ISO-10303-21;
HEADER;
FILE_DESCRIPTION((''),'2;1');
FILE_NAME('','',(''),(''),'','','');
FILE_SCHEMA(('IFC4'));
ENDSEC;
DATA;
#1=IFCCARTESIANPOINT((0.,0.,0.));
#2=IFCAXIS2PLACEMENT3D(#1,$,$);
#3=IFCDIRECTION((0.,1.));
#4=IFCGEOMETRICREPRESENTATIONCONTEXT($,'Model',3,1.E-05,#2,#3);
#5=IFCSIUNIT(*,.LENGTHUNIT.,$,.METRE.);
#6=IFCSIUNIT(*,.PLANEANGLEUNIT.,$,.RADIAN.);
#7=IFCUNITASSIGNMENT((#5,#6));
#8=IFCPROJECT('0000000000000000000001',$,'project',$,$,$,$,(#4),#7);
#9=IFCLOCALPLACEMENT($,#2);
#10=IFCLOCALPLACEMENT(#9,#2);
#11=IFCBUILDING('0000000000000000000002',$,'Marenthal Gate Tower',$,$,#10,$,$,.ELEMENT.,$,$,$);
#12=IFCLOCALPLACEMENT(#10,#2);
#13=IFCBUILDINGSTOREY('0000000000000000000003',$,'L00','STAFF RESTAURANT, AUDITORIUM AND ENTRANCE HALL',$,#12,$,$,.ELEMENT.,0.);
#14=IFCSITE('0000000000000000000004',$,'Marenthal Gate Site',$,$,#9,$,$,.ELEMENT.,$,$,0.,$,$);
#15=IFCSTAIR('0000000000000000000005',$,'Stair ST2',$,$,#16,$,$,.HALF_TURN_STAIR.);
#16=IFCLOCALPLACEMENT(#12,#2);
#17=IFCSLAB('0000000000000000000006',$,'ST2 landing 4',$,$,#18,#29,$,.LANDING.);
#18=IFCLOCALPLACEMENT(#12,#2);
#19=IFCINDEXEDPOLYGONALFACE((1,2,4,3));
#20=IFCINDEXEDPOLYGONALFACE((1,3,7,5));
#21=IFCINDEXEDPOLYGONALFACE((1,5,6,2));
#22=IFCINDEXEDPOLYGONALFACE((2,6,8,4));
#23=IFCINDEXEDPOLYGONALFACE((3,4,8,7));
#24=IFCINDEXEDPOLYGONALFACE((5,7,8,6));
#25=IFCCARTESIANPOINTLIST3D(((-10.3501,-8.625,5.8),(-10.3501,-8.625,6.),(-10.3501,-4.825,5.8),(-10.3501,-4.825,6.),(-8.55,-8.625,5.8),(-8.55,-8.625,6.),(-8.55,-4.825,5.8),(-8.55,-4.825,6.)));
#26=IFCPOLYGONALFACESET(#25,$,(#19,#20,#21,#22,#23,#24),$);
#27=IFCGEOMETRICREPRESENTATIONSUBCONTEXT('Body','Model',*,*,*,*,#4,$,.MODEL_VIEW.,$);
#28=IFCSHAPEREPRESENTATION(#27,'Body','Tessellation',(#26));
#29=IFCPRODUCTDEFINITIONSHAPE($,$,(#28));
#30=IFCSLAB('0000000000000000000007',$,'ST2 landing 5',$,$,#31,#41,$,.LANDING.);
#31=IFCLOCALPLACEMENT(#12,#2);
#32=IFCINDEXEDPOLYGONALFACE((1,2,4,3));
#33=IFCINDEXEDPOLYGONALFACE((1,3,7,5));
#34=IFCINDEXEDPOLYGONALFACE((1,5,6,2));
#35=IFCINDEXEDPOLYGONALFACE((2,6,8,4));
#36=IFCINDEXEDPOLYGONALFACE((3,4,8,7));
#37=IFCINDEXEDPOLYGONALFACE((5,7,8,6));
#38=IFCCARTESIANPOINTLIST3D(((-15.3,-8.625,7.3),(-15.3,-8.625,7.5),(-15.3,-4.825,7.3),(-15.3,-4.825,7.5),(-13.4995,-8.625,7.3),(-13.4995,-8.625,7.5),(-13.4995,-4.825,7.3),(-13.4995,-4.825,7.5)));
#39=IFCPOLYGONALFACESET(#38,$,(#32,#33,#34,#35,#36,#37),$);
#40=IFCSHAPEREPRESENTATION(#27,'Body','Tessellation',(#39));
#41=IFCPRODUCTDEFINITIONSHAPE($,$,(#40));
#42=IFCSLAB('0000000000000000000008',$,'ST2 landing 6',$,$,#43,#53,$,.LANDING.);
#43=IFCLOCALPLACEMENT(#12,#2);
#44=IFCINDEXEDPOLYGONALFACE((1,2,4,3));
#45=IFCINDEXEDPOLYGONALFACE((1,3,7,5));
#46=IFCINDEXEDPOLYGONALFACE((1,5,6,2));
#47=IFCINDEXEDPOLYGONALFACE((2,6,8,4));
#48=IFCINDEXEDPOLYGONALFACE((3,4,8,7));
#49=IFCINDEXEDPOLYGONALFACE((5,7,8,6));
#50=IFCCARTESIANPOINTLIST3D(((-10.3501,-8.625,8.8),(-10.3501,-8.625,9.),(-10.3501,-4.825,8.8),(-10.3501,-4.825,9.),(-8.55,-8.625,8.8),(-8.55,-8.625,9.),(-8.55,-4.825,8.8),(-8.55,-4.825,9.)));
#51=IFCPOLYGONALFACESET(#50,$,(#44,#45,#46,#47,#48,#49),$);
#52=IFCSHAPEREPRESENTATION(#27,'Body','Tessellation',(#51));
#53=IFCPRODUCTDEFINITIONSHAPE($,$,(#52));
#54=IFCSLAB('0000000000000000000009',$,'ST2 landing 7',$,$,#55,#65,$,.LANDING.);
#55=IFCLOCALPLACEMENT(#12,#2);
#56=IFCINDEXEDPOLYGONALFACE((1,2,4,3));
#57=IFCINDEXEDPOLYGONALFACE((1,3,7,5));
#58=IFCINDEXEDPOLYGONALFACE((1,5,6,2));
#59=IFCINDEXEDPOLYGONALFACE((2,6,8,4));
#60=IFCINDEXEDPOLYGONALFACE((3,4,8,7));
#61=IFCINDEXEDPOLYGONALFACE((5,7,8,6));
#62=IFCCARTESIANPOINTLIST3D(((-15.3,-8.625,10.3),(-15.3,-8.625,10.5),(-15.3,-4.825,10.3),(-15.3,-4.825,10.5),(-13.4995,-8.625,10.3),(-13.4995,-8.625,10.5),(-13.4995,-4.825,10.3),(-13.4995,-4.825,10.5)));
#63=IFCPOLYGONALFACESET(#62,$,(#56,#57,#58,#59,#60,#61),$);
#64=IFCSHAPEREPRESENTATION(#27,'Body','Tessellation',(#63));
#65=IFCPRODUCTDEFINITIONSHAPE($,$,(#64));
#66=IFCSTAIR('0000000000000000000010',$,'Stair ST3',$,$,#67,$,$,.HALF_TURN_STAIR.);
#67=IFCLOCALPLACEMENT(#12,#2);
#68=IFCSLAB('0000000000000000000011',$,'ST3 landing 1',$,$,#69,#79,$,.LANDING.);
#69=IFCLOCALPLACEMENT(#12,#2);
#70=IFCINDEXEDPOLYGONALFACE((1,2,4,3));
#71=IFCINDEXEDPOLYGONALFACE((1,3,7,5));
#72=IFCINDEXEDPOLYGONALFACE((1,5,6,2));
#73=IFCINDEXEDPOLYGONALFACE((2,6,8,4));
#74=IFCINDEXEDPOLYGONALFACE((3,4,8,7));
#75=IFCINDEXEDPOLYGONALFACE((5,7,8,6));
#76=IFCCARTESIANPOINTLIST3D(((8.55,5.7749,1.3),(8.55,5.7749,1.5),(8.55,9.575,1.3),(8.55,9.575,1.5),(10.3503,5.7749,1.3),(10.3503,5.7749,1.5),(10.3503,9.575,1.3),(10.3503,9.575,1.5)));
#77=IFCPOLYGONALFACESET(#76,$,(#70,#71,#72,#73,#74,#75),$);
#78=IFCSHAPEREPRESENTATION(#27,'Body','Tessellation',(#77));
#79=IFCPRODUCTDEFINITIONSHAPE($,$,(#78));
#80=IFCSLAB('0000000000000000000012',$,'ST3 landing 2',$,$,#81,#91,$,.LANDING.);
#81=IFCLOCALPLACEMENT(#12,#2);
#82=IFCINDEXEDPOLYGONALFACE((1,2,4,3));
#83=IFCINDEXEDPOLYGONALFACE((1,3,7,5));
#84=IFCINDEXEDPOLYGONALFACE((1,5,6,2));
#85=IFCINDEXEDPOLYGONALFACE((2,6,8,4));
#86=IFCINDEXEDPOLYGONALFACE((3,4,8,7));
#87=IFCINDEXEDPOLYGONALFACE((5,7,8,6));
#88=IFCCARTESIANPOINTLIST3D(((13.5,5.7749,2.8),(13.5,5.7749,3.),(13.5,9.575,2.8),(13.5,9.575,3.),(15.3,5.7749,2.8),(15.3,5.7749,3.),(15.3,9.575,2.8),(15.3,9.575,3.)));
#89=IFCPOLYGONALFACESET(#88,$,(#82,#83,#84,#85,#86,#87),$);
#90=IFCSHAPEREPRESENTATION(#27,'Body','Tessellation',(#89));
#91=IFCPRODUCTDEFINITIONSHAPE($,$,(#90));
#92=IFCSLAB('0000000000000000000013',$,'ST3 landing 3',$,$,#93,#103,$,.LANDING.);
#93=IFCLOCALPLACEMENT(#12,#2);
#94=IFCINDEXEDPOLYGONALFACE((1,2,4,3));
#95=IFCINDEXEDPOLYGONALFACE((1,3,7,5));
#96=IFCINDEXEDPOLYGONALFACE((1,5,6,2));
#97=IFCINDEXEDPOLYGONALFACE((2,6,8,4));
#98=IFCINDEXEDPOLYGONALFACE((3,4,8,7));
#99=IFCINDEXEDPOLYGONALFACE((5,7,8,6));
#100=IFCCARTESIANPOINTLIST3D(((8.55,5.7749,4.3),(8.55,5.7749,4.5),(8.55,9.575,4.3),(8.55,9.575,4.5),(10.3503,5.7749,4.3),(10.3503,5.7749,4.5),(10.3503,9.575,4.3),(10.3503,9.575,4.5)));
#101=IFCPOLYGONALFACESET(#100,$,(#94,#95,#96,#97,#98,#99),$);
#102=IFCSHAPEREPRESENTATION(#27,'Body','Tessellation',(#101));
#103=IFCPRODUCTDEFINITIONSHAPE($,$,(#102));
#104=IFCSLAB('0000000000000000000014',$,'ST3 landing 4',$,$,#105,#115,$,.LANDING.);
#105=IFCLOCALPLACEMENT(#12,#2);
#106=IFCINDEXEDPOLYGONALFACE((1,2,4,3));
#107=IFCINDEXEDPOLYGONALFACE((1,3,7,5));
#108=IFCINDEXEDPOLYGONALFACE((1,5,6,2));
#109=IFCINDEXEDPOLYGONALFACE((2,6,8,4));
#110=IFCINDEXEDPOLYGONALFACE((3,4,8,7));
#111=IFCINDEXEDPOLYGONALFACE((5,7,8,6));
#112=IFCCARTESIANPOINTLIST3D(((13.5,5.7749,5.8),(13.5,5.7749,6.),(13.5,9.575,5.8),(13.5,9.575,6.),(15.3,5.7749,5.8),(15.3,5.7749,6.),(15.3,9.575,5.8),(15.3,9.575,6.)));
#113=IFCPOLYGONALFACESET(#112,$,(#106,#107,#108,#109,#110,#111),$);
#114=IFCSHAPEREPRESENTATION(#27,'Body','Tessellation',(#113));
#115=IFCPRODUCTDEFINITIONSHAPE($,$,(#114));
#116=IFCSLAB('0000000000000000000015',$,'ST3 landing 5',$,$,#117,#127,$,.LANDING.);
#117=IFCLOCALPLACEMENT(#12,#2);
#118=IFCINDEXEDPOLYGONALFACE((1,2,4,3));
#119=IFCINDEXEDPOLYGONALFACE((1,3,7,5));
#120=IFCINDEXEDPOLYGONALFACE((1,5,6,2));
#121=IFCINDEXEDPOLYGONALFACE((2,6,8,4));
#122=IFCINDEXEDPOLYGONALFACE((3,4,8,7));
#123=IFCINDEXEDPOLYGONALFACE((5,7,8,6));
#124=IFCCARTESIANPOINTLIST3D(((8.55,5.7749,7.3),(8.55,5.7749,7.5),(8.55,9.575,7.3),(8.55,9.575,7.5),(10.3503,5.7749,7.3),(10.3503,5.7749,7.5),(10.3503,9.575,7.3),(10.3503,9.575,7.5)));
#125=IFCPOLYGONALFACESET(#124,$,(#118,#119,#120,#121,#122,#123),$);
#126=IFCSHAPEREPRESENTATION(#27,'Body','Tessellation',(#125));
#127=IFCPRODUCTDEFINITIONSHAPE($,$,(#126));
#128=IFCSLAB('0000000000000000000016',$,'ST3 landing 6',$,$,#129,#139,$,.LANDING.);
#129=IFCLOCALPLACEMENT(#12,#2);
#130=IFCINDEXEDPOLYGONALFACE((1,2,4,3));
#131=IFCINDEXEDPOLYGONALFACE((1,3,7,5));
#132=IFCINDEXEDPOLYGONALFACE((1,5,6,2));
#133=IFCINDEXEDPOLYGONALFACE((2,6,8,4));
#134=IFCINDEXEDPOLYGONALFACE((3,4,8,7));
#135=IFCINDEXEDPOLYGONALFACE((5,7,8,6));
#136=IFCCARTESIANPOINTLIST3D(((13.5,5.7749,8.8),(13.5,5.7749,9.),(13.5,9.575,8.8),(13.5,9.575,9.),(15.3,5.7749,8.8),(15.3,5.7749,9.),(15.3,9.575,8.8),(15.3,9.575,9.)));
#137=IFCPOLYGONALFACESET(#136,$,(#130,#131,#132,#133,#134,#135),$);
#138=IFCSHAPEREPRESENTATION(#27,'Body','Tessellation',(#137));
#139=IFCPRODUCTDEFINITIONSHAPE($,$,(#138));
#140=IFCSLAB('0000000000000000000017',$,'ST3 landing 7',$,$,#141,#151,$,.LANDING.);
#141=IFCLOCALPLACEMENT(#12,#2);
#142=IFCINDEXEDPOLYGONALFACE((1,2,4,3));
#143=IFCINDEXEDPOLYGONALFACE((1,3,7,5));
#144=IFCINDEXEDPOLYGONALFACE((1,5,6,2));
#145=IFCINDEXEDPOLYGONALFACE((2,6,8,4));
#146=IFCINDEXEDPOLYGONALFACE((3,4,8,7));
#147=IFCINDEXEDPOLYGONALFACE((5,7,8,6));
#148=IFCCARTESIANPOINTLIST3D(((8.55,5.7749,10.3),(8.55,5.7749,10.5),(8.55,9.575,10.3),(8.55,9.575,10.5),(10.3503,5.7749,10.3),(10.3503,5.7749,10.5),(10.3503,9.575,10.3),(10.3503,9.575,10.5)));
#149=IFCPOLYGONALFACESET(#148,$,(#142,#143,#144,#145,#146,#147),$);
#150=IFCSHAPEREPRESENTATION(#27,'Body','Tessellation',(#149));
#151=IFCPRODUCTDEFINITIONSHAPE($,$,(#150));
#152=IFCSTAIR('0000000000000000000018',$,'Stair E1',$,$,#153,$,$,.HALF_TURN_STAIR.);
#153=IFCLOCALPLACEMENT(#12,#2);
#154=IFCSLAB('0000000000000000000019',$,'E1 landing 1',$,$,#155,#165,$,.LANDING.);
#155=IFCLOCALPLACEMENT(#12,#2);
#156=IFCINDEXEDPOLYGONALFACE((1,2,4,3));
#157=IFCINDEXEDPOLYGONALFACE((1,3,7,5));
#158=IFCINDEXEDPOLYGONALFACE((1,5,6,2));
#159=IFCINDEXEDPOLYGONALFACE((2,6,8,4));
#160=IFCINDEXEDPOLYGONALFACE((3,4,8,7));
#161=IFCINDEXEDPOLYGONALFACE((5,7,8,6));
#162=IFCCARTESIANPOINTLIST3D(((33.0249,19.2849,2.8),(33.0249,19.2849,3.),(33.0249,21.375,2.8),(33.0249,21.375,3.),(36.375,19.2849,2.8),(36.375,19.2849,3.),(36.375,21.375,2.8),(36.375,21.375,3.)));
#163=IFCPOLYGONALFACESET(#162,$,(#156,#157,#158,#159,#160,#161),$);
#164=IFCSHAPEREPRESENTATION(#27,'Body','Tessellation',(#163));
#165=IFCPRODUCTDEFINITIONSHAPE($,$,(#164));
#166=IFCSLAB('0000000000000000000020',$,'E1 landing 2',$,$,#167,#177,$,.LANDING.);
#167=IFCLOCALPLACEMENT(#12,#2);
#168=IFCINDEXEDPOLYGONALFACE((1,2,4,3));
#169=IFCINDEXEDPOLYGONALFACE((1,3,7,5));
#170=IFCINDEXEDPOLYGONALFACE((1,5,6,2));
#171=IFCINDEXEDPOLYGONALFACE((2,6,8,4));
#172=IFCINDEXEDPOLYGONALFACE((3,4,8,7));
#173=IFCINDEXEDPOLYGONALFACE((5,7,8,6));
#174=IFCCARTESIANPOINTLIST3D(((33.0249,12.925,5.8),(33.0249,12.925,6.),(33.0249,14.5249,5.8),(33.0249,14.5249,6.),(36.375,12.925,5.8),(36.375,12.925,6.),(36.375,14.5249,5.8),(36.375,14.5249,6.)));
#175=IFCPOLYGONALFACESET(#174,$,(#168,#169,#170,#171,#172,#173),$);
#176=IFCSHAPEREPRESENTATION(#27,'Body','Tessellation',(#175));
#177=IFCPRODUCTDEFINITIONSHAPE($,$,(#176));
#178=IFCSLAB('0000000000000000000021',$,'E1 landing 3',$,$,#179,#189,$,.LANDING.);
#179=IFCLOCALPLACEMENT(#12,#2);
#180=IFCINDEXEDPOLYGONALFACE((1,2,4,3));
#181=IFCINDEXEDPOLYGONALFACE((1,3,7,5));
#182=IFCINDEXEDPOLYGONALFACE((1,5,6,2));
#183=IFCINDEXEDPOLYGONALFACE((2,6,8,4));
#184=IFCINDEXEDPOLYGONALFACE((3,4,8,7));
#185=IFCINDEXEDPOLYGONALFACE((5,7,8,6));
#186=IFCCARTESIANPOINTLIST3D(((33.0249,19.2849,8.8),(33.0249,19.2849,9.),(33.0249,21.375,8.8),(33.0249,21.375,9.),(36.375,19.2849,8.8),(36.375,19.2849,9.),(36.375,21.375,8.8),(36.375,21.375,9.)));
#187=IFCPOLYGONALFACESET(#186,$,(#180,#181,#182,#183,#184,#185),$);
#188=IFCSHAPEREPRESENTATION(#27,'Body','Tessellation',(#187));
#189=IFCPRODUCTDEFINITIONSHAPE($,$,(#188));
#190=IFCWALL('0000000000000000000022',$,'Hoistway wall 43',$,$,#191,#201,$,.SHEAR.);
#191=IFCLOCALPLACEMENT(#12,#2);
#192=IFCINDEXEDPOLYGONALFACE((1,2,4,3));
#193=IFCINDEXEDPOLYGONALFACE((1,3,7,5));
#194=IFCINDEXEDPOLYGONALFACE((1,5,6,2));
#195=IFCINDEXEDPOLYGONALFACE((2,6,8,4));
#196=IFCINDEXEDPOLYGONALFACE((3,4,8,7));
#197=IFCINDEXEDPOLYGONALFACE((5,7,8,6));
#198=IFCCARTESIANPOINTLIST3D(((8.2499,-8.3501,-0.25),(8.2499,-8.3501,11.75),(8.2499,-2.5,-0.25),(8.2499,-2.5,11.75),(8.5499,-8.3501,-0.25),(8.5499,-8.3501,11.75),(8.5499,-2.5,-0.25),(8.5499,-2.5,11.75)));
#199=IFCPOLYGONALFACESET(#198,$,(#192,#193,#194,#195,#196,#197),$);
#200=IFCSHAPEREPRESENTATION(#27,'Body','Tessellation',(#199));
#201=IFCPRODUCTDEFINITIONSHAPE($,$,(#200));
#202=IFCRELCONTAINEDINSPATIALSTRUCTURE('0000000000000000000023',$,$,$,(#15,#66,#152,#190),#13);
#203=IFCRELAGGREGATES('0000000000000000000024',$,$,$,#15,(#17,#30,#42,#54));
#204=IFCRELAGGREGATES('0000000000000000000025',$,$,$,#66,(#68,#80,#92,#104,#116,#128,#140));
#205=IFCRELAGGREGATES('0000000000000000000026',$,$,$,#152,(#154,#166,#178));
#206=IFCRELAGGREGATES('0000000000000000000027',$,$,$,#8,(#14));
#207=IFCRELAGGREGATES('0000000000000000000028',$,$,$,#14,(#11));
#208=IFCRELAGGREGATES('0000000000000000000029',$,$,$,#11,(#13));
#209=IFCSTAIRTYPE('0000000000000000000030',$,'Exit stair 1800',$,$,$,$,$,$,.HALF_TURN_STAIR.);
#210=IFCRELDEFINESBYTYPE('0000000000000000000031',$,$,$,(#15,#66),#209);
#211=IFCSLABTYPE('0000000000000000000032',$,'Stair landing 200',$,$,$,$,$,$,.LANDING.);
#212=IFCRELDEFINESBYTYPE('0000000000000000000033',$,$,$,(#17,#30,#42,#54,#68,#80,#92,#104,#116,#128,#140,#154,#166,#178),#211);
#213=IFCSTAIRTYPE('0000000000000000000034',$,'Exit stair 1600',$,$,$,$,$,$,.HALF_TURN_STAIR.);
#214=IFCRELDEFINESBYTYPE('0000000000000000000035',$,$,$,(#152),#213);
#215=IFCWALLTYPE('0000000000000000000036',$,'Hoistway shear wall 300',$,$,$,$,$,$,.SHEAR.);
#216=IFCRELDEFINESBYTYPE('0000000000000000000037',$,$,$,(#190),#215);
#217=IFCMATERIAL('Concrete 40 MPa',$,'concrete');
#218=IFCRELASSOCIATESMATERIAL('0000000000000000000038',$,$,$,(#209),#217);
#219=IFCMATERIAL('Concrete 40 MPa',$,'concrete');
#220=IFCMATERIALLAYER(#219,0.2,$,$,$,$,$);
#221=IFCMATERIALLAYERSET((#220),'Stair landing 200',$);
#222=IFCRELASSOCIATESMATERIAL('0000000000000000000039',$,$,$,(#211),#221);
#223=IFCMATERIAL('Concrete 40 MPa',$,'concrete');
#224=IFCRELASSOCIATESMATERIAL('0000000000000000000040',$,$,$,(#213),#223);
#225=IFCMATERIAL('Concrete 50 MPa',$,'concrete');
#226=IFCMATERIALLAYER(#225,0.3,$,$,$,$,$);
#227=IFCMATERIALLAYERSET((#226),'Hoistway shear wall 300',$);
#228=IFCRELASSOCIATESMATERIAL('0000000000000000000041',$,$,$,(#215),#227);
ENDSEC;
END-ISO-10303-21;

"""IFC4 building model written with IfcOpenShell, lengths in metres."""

from ifc_helpers import new_model, si_unit, direction, frame, frame_2d, origin, place, context, subcontext, project, spatial, polyline, rectangle, outline, extrude, material, layer, layer_set, type_object, element, aggregate, save


model = new_model("IFC4")

# Units and contexts
model_context = context("Model", 3, precision=1e-05, world=origin(), true_north=direction((0.0, 1.0)))
body_context = subcontext(model_context, "Body", "Model", "MODEL_VIEW")
ifc_project = project(units=[si_unit("LENGTHUNIT", "METRE"), si_unit("PLANEANGLEUNIT", "RADIAN")], contexts=[model_context])

# Site, building, storey
site_placement = place(None, origin())
site = spatial("IfcSite", under=ifc_project, at=site_placement, Name="Marenthal Gate Site", CompositionType="ELEMENT", RefElevation=0.0)
building_placement = place(site_placement, origin())
building = spatial("IfcBuilding", under=site, at=building_placement, Name="Marenthal Gate Tower", CompositionType="ELEMENT")
storey_placement = place(building_placement, origin())
storey = spatial("IfcBuildingStorey", under=building, at=storey_placement, Name="L00", Description="STAFF RESTAURANT, AUDITORIUM AND ENTRANCE HALL", CompositionType="ELEMENT", Elevation=0.0)

# Stairs, slabs
ifc_material_1 = material(Name="Concrete 40 MPa", Category="concrete")
stair_type_1 = type_object("IfcStairType", Name="Exit stair 1800", PredefinedType="HALF_TURN_STAIR", material=ifc_material_1)
stair_1_placement = place(storey_placement, origin())
stair_1 = element("IfcStair", 1, at=stair_1_placement, inside=storey, type_object=stair_type_1, Name="Stair ST2", PredefinedType="HALF_TURN_STAIR")
ifc_material_2 = material(Name="Concrete 40 MPa", Category="concrete")
ifc_layer_1 = layer(ifc_material_2, 0.2)
ifc_layer_set_1 = layer_set([ifc_layer_1], Name="Stair landing 200")
slab_type = type_object("IfcSlabType", Name="Stair landing 200", PredefinedType="LANDING", material=ifc_layer_set_1)
slab_1_placement = place(storey_placement, frame((0.0, 0.0, 5.8)))
slab_1 = element("IfcSlab", 2, at=slab_1_placement, type_object=slab_type, Name="ST2 landing 4", PredefinedType="LANDING", context=body_context, shape_type="SweptSolid", body=[
    extrude(outline(polyline([(-10.3501, -8.625), (-8.55, -8.625), (-8.55, -4.825), (-10.3501, -4.825), (-10.3501, -8.625)])), origin(), (0.0, 0.0, 1.0), 0.2),
])
slab_2_placement = place(storey_placement, frame((0.0, 0.0, 7.3)))
slab_2 = element("IfcSlab", 3, at=slab_2_placement, type_object=slab_type, Name="ST2 landing 5", PredefinedType="LANDING", context=body_context, shape_type="SweptSolid", body=[
    extrude(outline(polyline([(-15.3, -8.625), (-13.4995, -8.625), (-13.4995, -4.825), (-15.3, -4.825), (-15.3, -8.625)])), origin(), (0.0, 0.0, 1.0), 0.2),
])
slab_3_placement = place(storey_placement, frame((0.0, 0.0, 8.8)))
slab_3 = element("IfcSlab", 4, at=slab_3_placement, type_object=slab_type, Name="ST2 landing 6", PredefinedType="LANDING", context=body_context, shape_type="SweptSolid", body=[
    extrude(outline(polyline([(-10.3501, -8.625), (-8.55, -8.625), (-8.55, -4.825), (-10.3501, -4.825), (-10.3501, -8.625)])), origin(), (0.0, 0.0, 1.0), 0.2),
])
slab_4_placement = place(storey_placement, frame((0.0, 0.0, 10.3)))
slab_4 = element("IfcSlab", 5, at=slab_4_placement, type_object=slab_type, Name="ST2 landing 7", PredefinedType="LANDING", context=body_context, shape_type="SweptSolid", body=[
    extrude(outline(polyline([(-15.3, -8.625), (-13.4995, -8.625), (-13.4995, -4.825), (-15.3, -4.825), (-15.3, -8.625)])), origin(), (0.0, 0.0, 1.0), 0.2),
])
aggregate(stair_1, [slab_1, slab_2, slab_3, slab_4])
stair_2_placement = place(storey_placement, origin())
stair_2 = element("IfcStair", 6, at=stair_2_placement, inside=storey, type_object=stair_type_1, Name="Stair ST3", PredefinedType="HALF_TURN_STAIR")
slab_5_placement = place(storey_placement, frame((0.0, 0.0, 1.3)))
slab_5 = element("IfcSlab", 7, at=slab_5_placement, type_object=slab_type, Name="ST3 landing 1", PredefinedType="LANDING", context=body_context, shape_type="SweptSolid", body=[
    extrude(outline(polyline([(8.55, 5.7749), (10.3503, 5.7749), (10.3503, 9.575), (8.55, 9.575), (8.55, 5.7749)])), origin(), (0.0, 0.0, 1.0), 0.2),
])
slab_6_placement = place(storey_placement, frame((0.0, 0.0, 2.8)))
slab_6 = element("IfcSlab", 8, at=slab_6_placement, type_object=slab_type, Name="ST3 landing 2", PredefinedType="LANDING", context=body_context, shape_type="SweptSolid", body=[
    extrude(outline(polyline([(13.5, 5.7749), (15.3, 5.7749), (15.3, 9.575), (13.5, 9.575), (13.5, 5.7749)])), origin(), (0.0, 0.0, 1.0), 0.2),
])
slab_7_placement = place(storey_placement, frame((0.0, 0.0, 4.3)))
slab_7 = element("IfcSlab", 9, at=slab_7_placement, type_object=slab_type, Name="ST3 landing 3", PredefinedType="LANDING", context=body_context, shape_type="SweptSolid", body=[
    extrude(outline(polyline([(8.55, 5.7749), (10.3503, 5.7749), (10.3503, 9.575), (8.55, 9.575), (8.55, 5.7749)])), origin(), (0.0, 0.0, 1.0), 0.2),
])
slab_8_placement = place(storey_placement, frame((0.0, 0.0, 5.8)))
slab_8 = element("IfcSlab", 10, at=slab_8_placement, type_object=slab_type, Name="ST3 landing 4", PredefinedType="LANDING", context=body_context, shape_type="SweptSolid", body=[
    extrude(outline(polyline([(13.5, 5.7749), (15.3, 5.7749), (15.3, 9.575), (13.5, 9.575), (13.5, 5.7749)])), origin(), (0.0, 0.0, 1.0), 0.2),
])
slab_9_placement = place(storey_placement, frame((0.0, 0.0, 7.3)))
slab_9 = element("IfcSlab", 11, at=slab_9_placement, type_object=slab_type, Name="ST3 landing 5", PredefinedType="LANDING", context=body_context, shape_type="SweptSolid", body=[
    extrude(outline(polyline([(8.55, 5.7749), (10.3503, 5.7749), (10.3503, 9.575), (8.55, 9.575), (8.55, 5.7749)])), origin(), (0.0, 0.0, 1.0), 0.2),
])
slab_10_placement = place(storey_placement, frame((0.0, 0.0, 8.8)))
slab_10 = element("IfcSlab", 12, at=slab_10_placement, type_object=slab_type, Name="ST3 landing 6", PredefinedType="LANDING", context=body_context, shape_type="SweptSolid", body=[
    extrude(outline(polyline([(13.5, 5.7749), (15.3, 5.7749), (15.3, 9.575), (13.5, 9.575), (13.5, 5.7749)])), origin(), (0.0, 0.0, 1.0), 0.2),
])
slab_11_placement = place(storey_placement, frame((0.0, 0.0, 10.3)))
slab_11 = element("IfcSlab", 13, at=slab_11_placement, type_object=slab_type, Name="ST3 landing 7", PredefinedType="LANDING", context=body_context, shape_type="SweptSolid", body=[
    extrude(outline(polyline([(8.55, 5.7749), (10.3503, 5.7749), (10.3503, 9.575), (8.55, 9.575), (8.55, 5.7749)])), origin(), (0.0, 0.0, 1.0), 0.2),
])
aggregate(stair_2, [slab_5, slab_6, slab_7, slab_8, slab_9, slab_10, slab_11])
ifc_material_3 = material(Name="Concrete 40 MPa", Category="concrete")
stair_type_2 = type_object("IfcStairType", Name="Exit stair 1600", PredefinedType="HALF_TURN_STAIR", material=ifc_material_3)
stair_3_placement = place(storey_placement, origin())
stair_3 = element("IfcStair", 14, at=stair_3_placement, inside=storey, type_object=stair_type_2, Name="Stair E1", PredefinedType="HALF_TURN_STAIR")
slab_12_placement = place(storey_placement, frame((0.0, 0.0, 2.8)))
slab_12 = element("IfcSlab", 15, at=slab_12_placement, type_object=slab_type, Name="E1 landing 1", PredefinedType="LANDING", context=body_context, shape_type="SweptSolid", body=[
    extrude(outline(polyline([(33.0249, 19.2849), (33.0249, 21.375), (36.375, 21.375), (36.375, 19.2849), (33.0249, 19.2849)])), origin(), (0.0, 0.0, 1.0), 0.2),
])
slab_13_placement = place(storey_placement, frame((0.0, 0.0, 5.8)))
slab_13 = element("IfcSlab", 16, at=slab_13_placement, type_object=slab_type, Name="E1 landing 2", PredefinedType="LANDING", context=body_context, shape_type="SweptSolid", body=[
    extrude(outline(polyline([(33.0249, 12.925), (33.0249, 14.5249), (36.375, 14.5249), (36.375, 12.925), (33.0249, 12.925)])), origin(), (0.0, 0.0, 1.0), 0.2),
])
slab_14_placement = place(storey_placement, frame((0.0, 0.0, 8.8)))
slab_14 = element("IfcSlab", 17, at=slab_14_placement, type_object=slab_type, Name="E1 landing 3", PredefinedType="LANDING", context=body_context, shape_type="SweptSolid", body=[
    extrude(outline(polyline([(33.0249, 19.2849), (33.0249, 21.375), (36.375, 21.375), (36.375, 19.2849), (33.0249, 19.2849)])), origin(), (0.0, 0.0, 1.0), 0.2),
])
aggregate(stair_3, [slab_12, slab_13, slab_14])

# Wall
ifc_material_4 = material(Name="Concrete 50 MPa", Category="concrete")
ifc_layer_2 = layer(ifc_material_4, 0.3)
ifc_layer_set_2 = layer_set([ifc_layer_2], Name="Hoistway shear wall 300")
wall_type_1 = type_object("IfcWallType", Name="Hoistway shear wall 300", PredefinedType="SHEAR", material=ifc_layer_set_2)
wall_1_placement = place(storey_placement, frame((8.3999, -8.3501, -0.25), z_axis=(0.0, 0.0, 1.0), x_axis=(0.0, 1.0, 0.0)))
element("IfcWall", 18, at=wall_1_placement, inside=storey, type_object=wall_type_1, Name="Hoistway wall 43", PredefinedType="SHEAR", context=body_context, shape_type="SweptSolid", body=[
    extrude(rectangle(XDim=5.8501, YDim=0.3, at=frame_2d((2.925, 0.0))), origin(), (0.0, 0.0, 1.0), 12.0),
])

save(model, "model.ifc")
